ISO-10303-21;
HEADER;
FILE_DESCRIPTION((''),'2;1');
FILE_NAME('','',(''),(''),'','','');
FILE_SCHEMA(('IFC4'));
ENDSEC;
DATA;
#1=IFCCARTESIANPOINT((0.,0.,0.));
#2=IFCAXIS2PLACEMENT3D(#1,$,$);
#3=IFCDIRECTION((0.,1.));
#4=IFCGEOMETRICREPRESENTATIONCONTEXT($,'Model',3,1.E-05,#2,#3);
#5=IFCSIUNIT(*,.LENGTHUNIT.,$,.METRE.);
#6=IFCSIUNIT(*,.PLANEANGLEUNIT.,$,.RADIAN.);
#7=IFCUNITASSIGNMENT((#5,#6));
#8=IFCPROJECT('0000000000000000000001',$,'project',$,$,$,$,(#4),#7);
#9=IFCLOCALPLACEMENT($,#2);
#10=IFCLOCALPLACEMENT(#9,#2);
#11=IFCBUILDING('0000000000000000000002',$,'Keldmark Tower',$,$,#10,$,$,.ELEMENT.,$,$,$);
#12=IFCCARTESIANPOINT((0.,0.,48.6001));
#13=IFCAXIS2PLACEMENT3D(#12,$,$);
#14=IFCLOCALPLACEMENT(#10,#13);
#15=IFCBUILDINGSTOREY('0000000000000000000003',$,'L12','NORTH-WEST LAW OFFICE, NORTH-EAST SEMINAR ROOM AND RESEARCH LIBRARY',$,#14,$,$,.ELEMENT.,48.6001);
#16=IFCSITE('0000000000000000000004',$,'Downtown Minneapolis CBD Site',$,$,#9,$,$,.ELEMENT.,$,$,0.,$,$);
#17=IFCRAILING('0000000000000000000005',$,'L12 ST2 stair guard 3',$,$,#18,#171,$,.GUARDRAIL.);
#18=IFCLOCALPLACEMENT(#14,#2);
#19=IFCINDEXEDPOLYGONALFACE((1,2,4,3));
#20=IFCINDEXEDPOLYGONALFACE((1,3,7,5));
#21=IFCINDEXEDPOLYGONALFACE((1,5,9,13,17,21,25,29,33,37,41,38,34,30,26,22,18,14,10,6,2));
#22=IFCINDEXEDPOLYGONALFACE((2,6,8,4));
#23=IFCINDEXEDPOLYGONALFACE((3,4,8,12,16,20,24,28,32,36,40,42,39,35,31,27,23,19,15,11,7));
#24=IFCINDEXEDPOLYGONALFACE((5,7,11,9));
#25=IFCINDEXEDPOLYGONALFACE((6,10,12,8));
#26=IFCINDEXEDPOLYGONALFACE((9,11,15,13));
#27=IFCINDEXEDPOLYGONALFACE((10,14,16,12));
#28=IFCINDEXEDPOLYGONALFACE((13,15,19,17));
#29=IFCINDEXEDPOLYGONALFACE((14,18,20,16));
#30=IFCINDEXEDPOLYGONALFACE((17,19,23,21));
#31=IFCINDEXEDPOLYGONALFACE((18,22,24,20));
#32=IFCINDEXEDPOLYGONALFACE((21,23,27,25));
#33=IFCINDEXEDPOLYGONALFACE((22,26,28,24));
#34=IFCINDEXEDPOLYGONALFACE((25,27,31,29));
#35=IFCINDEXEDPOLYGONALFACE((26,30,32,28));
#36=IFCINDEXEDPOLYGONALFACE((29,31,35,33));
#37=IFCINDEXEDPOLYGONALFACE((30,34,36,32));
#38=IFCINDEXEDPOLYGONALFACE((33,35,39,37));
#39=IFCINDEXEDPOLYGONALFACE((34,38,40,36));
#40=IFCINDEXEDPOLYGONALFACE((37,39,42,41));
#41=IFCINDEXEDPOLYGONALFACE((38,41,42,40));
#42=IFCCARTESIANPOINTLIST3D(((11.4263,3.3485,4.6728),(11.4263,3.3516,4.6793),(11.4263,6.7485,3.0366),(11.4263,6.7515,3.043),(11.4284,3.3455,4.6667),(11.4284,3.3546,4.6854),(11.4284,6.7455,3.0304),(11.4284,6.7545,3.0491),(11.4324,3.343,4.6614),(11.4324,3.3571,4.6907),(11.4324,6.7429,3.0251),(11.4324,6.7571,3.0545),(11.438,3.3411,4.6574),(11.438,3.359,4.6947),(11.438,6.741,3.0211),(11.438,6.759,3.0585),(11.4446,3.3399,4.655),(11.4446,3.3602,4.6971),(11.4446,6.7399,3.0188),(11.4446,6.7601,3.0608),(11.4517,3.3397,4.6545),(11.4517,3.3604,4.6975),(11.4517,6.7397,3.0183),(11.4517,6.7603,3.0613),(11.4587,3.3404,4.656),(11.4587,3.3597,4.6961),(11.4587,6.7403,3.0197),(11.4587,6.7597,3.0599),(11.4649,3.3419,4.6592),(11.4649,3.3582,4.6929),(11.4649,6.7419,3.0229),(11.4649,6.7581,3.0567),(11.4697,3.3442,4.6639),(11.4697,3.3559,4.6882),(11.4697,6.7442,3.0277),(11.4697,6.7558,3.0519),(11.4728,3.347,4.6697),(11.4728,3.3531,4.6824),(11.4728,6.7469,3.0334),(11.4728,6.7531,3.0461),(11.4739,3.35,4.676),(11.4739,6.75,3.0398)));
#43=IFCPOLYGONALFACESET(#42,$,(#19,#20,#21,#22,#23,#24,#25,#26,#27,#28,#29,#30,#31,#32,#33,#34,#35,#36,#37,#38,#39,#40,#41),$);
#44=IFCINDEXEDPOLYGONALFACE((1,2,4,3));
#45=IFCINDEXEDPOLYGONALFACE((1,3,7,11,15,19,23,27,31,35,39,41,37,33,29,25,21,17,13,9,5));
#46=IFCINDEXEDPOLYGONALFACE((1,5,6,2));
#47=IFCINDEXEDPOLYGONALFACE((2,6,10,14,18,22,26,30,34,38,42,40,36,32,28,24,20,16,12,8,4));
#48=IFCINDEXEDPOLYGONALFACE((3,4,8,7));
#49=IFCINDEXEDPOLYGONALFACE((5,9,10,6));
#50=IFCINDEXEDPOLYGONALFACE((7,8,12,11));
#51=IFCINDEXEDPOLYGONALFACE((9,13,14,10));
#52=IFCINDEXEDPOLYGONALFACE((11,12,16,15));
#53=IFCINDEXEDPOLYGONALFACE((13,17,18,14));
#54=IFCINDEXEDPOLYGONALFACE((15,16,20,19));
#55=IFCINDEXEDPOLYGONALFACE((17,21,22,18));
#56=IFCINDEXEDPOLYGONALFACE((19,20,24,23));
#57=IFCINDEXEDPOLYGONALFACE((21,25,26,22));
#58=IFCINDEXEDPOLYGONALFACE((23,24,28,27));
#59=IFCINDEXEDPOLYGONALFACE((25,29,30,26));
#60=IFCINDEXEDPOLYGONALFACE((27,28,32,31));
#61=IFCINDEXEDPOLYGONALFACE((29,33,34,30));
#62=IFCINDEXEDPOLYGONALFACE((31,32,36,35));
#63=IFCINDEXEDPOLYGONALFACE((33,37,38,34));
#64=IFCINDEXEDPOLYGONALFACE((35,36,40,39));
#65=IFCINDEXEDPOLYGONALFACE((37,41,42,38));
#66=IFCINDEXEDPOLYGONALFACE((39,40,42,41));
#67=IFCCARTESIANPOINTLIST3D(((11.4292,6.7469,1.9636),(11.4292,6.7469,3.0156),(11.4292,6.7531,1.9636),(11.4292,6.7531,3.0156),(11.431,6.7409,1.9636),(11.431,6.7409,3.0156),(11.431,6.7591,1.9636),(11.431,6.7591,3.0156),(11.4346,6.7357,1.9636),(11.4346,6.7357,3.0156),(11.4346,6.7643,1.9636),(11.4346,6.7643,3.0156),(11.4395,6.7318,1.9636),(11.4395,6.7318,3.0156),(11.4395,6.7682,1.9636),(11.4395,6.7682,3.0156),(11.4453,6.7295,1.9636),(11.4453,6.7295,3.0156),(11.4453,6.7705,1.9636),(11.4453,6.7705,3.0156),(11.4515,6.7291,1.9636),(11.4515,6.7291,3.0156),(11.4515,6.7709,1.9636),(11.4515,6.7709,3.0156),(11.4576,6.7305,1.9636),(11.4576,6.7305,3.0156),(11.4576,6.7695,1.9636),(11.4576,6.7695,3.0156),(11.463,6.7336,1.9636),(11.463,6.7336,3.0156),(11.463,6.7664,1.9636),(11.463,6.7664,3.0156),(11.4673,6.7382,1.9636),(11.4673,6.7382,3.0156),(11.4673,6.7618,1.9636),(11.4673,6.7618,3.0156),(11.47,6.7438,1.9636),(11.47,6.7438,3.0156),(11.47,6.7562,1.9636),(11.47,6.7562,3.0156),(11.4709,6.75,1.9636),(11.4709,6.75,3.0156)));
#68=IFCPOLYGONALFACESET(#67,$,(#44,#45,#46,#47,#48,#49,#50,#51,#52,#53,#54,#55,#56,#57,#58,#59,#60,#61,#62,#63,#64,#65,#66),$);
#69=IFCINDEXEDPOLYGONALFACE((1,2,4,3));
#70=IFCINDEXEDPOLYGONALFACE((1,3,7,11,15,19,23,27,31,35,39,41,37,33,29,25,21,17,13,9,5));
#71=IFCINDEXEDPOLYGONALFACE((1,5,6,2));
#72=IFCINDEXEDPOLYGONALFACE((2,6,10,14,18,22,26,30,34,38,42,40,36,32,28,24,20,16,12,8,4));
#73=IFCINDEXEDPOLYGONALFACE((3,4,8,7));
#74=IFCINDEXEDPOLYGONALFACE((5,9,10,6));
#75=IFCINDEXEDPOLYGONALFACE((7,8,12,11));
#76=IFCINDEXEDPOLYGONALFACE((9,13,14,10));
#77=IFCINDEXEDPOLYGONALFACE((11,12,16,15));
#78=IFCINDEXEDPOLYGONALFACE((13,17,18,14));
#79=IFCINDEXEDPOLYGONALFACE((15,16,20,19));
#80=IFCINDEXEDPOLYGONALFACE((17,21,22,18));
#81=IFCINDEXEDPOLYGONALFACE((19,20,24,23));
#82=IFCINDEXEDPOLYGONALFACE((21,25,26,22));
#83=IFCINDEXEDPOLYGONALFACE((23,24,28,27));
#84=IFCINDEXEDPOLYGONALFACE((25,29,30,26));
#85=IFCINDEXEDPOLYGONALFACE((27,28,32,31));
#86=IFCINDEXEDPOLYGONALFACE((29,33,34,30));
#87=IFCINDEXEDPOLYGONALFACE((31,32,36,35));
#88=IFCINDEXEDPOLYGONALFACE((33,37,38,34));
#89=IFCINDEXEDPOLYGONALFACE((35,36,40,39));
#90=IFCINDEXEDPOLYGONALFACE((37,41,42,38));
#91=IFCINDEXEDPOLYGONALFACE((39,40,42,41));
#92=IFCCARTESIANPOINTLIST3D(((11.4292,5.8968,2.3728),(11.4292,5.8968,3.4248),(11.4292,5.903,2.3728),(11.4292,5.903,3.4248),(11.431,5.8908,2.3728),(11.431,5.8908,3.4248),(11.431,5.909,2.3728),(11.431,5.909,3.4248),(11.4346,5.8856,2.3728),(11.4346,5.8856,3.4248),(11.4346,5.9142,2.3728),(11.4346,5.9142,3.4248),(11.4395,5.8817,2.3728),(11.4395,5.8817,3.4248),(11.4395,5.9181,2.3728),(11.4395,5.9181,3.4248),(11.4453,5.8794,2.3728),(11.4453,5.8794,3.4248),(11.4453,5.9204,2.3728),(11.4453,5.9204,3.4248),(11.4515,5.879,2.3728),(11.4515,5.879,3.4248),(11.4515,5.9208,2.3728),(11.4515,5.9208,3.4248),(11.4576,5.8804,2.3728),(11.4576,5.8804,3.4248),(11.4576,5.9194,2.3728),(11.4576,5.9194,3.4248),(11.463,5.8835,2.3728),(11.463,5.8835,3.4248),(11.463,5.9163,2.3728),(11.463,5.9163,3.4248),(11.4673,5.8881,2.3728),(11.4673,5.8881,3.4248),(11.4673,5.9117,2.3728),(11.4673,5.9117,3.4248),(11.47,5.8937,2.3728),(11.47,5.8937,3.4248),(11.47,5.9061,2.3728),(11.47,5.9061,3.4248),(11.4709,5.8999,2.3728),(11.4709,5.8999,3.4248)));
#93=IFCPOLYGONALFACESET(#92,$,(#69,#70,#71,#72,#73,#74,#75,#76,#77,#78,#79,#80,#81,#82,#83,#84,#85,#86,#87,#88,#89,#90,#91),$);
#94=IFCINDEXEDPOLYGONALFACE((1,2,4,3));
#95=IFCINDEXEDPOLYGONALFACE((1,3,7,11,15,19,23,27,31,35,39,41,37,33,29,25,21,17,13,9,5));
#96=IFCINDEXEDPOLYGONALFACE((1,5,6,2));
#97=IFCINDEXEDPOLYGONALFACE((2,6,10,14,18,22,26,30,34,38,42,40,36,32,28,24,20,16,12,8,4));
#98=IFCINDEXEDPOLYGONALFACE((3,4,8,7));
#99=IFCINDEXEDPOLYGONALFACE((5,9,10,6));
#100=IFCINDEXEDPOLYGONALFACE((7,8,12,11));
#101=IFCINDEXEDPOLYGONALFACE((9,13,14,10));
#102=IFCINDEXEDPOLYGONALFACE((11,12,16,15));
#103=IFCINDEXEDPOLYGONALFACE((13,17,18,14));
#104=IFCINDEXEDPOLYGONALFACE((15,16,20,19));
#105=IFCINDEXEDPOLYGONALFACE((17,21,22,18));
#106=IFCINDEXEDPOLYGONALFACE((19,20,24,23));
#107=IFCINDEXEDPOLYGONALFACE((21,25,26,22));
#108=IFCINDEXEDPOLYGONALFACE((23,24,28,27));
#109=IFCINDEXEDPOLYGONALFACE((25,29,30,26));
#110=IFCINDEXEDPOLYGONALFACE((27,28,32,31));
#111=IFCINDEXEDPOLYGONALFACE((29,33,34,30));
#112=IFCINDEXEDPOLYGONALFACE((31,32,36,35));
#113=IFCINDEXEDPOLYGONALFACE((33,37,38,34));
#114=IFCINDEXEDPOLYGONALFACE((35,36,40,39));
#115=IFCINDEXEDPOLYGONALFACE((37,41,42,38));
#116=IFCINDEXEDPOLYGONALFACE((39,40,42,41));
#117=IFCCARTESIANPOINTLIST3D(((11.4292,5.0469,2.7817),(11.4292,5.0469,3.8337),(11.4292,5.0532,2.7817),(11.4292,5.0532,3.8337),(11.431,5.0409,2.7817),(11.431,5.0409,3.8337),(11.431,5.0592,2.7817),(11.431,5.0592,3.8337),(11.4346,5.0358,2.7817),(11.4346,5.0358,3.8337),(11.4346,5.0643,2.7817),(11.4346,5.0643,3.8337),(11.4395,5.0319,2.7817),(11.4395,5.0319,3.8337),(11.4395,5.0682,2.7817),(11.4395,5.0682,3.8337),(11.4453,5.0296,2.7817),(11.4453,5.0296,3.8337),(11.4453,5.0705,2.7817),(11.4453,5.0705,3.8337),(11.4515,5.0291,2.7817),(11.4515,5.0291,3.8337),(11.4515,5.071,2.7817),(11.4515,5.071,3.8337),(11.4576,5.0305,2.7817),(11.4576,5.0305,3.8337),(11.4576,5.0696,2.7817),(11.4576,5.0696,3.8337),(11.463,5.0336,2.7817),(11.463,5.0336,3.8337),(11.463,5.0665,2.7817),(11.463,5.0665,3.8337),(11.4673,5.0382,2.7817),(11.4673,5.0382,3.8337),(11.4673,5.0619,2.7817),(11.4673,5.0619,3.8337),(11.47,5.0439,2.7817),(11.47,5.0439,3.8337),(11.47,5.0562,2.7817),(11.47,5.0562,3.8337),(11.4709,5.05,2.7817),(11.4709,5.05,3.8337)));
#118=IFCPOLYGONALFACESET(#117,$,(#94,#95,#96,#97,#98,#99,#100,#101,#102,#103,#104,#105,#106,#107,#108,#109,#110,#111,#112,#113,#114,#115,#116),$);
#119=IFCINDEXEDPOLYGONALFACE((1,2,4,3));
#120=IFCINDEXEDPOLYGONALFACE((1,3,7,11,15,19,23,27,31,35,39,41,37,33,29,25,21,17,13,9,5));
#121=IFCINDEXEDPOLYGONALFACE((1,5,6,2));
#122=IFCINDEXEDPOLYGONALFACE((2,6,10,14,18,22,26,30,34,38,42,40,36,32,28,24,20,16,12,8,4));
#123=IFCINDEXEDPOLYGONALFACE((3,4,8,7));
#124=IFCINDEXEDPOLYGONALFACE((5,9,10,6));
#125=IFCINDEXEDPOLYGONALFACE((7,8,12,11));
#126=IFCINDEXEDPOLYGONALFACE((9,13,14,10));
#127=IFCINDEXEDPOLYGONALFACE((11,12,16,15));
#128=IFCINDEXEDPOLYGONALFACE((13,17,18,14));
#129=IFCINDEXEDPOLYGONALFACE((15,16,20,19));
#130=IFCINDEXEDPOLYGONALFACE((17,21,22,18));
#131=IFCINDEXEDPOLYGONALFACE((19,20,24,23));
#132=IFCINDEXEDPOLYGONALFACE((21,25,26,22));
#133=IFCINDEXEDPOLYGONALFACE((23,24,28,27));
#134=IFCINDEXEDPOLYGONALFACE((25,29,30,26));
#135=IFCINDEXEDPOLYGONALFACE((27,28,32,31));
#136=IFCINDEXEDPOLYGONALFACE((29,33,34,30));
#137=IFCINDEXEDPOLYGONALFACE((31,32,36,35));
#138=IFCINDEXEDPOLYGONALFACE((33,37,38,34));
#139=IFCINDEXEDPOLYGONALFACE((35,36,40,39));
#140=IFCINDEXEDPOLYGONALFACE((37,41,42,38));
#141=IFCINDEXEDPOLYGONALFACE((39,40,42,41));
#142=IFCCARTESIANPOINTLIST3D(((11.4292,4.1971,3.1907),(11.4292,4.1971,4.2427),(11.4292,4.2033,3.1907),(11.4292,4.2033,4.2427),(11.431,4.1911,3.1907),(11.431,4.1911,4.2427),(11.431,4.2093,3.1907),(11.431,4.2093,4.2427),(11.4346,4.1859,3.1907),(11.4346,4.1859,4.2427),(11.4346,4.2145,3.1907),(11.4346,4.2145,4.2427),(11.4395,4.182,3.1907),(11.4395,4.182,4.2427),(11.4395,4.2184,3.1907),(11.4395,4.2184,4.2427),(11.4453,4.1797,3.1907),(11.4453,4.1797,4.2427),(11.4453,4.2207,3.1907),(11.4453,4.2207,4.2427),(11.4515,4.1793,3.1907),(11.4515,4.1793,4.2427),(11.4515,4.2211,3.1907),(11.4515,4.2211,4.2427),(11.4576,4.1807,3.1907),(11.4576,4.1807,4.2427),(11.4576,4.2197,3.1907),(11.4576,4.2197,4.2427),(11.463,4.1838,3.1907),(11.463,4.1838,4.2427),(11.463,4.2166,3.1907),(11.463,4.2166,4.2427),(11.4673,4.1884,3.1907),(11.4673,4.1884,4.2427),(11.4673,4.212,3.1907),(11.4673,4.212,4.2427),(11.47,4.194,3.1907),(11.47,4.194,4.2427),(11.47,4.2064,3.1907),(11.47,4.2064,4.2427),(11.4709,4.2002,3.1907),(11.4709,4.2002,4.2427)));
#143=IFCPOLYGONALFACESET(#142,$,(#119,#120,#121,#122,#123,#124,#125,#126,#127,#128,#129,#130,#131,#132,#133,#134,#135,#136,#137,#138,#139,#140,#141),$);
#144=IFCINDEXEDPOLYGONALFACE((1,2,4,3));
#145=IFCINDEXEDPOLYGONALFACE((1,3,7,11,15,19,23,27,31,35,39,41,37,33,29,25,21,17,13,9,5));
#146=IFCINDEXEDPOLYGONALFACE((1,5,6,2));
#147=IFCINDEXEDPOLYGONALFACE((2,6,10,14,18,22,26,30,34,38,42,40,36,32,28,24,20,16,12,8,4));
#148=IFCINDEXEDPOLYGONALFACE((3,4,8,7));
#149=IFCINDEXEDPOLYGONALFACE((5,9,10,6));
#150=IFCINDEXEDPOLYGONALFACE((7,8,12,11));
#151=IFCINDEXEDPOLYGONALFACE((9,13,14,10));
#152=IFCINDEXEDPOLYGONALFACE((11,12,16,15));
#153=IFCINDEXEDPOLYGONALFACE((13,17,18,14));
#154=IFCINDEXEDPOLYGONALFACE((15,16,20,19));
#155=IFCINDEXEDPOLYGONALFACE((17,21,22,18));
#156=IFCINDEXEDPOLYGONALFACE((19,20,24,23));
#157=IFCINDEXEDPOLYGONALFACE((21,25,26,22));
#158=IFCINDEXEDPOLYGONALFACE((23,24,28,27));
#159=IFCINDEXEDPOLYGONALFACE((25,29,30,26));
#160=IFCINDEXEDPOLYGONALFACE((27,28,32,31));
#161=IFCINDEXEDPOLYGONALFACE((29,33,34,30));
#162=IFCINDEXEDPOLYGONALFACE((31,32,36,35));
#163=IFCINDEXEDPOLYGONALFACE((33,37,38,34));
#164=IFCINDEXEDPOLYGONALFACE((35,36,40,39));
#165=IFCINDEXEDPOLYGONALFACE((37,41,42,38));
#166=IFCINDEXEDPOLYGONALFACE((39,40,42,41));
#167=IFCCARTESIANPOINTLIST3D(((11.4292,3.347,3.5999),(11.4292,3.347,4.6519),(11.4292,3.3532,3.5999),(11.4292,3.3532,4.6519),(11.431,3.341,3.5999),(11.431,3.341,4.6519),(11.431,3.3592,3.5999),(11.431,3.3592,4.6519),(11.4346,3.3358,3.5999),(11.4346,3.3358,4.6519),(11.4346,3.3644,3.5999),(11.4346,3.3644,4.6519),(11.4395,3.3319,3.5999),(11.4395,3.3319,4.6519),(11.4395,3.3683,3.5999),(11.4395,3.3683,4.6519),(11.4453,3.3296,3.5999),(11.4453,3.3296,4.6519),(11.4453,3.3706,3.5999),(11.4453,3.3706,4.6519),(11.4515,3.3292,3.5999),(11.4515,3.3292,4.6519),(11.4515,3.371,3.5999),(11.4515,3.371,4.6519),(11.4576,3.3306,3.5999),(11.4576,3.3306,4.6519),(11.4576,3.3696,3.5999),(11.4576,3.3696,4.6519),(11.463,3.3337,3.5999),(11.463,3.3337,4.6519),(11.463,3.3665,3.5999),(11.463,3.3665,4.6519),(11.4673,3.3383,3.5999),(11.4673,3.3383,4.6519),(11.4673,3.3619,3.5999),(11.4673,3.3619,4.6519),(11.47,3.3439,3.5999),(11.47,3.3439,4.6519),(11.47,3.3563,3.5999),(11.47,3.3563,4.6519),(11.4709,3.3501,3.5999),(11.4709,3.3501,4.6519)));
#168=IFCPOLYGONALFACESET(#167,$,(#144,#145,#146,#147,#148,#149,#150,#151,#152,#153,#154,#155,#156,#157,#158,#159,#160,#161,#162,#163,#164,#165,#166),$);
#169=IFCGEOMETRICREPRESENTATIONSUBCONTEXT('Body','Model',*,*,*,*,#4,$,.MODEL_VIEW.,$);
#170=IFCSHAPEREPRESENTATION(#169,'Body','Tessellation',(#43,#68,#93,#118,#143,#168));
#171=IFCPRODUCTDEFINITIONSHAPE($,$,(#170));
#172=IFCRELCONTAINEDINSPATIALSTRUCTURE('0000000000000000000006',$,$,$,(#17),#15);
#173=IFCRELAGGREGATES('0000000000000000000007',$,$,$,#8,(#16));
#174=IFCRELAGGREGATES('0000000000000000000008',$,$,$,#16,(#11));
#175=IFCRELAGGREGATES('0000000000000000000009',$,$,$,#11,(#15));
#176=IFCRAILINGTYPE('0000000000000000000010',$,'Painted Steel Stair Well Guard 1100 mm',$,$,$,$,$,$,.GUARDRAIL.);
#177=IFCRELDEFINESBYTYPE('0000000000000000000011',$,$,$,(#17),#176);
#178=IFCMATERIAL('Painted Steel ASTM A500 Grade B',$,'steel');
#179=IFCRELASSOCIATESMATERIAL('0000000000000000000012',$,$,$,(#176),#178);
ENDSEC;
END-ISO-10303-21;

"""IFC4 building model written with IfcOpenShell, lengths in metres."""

from ifc_helpers import new_model, si_unit, direction, frame, origin, origin_2d, place, context, subcontext, project, spatial, circle, extrude, material, type_object, element, save


model = new_model("IFC4")

# Units and contexts
model_context = context("Model", 3, precision=1e-05, world=origin(), true_north=direction((0.0, 1.0)))
body_context = subcontext(model_context, "Body", "Model", "MODEL_VIEW")
ifc_project = project(units=[si_unit("LENGTHUNIT", "METRE"), si_unit("PLANEANGLEUNIT", "RADIAN")], contexts=[model_context])

# Site, building, storey
site_placement = place(None, origin())
site = spatial("IfcSite", under=ifc_project, at=site_placement, Name="Downtown Minneapolis CBD Site", CompositionType="ELEMENT", RefElevation=0.0)
building_placement = place(site_placement, origin())
building = spatial("IfcBuilding", under=site, at=building_placement, Name="Keldmark Tower", CompositionType="ELEMENT")
storey_placement = place(building_placement, frame((0.0, 0.0, 48.6001)))
storey = spatial("IfcBuildingStorey", under=building, at=storey_placement, Name="L12", Description="NORTH-WEST LAW OFFICE, NORTH-EAST SEMINAR ROOM AND RESEARCH LIBRARY", CompositionType="ELEMENT", Elevation=48.6001)

# Railing
ifc_material_1 = material(Name="Painted Steel ASTM A500 Grade B", Category="steel")
railing_type_1 = type_object("IfcRailingType", Name="Painted Steel Stair Well Guard 1100 mm", PredefinedType="GUARDRAIL", material=ifc_material_1)
railing_1_placement = place(storey_placement, frame((11.45, 6.75, 1.9636)))
element("IfcRailing", 1, at=railing_1_placement, inside=storey, type_object=railing_type_1, Name="L12 ST2 stair guard 3", PredefinedType="GUARDRAIL", context=body_context, shape_type="SweptSolid", body=[
    extrude(circle(Radius=0.0239, at=origin_2d()), frame((0.0, 0.0, 1.0762), z_axis=(0.0, -0.90108, 0.433652), x_axis=(1.0, 0.0, 0.0)), (0.0, 0.0, 1.0), 3.7732),
    extrude(circle(Radius=0.021, at=origin_2d()), origin(), (0.0, 0.0, 1.0), 1.052),
    extrude(circle(Radius=0.021, at=origin_2d()), frame((0.0, -0.8501, 0.4092)), (0.0, 0.0, 1.0), 1.052),
    extrude(circle(Radius=0.021, at=origin_2d()), frame((0.0, -1.7, 0.8181)), (0.0, 0.0, 1.0), 1.052),
    extrude(circle(Radius=0.021, at=origin_2d()), frame((0.0, -2.5498, 1.2271)), (0.0, 0.0, 1.0), 1.052),
    extrude(circle(Radius=0.021, at=origin_2d()), frame((0.0, -3.3999, 1.6362)), (0.0, 0.0, 1.0), 1.052),
])

save(model, "model.ifc")
